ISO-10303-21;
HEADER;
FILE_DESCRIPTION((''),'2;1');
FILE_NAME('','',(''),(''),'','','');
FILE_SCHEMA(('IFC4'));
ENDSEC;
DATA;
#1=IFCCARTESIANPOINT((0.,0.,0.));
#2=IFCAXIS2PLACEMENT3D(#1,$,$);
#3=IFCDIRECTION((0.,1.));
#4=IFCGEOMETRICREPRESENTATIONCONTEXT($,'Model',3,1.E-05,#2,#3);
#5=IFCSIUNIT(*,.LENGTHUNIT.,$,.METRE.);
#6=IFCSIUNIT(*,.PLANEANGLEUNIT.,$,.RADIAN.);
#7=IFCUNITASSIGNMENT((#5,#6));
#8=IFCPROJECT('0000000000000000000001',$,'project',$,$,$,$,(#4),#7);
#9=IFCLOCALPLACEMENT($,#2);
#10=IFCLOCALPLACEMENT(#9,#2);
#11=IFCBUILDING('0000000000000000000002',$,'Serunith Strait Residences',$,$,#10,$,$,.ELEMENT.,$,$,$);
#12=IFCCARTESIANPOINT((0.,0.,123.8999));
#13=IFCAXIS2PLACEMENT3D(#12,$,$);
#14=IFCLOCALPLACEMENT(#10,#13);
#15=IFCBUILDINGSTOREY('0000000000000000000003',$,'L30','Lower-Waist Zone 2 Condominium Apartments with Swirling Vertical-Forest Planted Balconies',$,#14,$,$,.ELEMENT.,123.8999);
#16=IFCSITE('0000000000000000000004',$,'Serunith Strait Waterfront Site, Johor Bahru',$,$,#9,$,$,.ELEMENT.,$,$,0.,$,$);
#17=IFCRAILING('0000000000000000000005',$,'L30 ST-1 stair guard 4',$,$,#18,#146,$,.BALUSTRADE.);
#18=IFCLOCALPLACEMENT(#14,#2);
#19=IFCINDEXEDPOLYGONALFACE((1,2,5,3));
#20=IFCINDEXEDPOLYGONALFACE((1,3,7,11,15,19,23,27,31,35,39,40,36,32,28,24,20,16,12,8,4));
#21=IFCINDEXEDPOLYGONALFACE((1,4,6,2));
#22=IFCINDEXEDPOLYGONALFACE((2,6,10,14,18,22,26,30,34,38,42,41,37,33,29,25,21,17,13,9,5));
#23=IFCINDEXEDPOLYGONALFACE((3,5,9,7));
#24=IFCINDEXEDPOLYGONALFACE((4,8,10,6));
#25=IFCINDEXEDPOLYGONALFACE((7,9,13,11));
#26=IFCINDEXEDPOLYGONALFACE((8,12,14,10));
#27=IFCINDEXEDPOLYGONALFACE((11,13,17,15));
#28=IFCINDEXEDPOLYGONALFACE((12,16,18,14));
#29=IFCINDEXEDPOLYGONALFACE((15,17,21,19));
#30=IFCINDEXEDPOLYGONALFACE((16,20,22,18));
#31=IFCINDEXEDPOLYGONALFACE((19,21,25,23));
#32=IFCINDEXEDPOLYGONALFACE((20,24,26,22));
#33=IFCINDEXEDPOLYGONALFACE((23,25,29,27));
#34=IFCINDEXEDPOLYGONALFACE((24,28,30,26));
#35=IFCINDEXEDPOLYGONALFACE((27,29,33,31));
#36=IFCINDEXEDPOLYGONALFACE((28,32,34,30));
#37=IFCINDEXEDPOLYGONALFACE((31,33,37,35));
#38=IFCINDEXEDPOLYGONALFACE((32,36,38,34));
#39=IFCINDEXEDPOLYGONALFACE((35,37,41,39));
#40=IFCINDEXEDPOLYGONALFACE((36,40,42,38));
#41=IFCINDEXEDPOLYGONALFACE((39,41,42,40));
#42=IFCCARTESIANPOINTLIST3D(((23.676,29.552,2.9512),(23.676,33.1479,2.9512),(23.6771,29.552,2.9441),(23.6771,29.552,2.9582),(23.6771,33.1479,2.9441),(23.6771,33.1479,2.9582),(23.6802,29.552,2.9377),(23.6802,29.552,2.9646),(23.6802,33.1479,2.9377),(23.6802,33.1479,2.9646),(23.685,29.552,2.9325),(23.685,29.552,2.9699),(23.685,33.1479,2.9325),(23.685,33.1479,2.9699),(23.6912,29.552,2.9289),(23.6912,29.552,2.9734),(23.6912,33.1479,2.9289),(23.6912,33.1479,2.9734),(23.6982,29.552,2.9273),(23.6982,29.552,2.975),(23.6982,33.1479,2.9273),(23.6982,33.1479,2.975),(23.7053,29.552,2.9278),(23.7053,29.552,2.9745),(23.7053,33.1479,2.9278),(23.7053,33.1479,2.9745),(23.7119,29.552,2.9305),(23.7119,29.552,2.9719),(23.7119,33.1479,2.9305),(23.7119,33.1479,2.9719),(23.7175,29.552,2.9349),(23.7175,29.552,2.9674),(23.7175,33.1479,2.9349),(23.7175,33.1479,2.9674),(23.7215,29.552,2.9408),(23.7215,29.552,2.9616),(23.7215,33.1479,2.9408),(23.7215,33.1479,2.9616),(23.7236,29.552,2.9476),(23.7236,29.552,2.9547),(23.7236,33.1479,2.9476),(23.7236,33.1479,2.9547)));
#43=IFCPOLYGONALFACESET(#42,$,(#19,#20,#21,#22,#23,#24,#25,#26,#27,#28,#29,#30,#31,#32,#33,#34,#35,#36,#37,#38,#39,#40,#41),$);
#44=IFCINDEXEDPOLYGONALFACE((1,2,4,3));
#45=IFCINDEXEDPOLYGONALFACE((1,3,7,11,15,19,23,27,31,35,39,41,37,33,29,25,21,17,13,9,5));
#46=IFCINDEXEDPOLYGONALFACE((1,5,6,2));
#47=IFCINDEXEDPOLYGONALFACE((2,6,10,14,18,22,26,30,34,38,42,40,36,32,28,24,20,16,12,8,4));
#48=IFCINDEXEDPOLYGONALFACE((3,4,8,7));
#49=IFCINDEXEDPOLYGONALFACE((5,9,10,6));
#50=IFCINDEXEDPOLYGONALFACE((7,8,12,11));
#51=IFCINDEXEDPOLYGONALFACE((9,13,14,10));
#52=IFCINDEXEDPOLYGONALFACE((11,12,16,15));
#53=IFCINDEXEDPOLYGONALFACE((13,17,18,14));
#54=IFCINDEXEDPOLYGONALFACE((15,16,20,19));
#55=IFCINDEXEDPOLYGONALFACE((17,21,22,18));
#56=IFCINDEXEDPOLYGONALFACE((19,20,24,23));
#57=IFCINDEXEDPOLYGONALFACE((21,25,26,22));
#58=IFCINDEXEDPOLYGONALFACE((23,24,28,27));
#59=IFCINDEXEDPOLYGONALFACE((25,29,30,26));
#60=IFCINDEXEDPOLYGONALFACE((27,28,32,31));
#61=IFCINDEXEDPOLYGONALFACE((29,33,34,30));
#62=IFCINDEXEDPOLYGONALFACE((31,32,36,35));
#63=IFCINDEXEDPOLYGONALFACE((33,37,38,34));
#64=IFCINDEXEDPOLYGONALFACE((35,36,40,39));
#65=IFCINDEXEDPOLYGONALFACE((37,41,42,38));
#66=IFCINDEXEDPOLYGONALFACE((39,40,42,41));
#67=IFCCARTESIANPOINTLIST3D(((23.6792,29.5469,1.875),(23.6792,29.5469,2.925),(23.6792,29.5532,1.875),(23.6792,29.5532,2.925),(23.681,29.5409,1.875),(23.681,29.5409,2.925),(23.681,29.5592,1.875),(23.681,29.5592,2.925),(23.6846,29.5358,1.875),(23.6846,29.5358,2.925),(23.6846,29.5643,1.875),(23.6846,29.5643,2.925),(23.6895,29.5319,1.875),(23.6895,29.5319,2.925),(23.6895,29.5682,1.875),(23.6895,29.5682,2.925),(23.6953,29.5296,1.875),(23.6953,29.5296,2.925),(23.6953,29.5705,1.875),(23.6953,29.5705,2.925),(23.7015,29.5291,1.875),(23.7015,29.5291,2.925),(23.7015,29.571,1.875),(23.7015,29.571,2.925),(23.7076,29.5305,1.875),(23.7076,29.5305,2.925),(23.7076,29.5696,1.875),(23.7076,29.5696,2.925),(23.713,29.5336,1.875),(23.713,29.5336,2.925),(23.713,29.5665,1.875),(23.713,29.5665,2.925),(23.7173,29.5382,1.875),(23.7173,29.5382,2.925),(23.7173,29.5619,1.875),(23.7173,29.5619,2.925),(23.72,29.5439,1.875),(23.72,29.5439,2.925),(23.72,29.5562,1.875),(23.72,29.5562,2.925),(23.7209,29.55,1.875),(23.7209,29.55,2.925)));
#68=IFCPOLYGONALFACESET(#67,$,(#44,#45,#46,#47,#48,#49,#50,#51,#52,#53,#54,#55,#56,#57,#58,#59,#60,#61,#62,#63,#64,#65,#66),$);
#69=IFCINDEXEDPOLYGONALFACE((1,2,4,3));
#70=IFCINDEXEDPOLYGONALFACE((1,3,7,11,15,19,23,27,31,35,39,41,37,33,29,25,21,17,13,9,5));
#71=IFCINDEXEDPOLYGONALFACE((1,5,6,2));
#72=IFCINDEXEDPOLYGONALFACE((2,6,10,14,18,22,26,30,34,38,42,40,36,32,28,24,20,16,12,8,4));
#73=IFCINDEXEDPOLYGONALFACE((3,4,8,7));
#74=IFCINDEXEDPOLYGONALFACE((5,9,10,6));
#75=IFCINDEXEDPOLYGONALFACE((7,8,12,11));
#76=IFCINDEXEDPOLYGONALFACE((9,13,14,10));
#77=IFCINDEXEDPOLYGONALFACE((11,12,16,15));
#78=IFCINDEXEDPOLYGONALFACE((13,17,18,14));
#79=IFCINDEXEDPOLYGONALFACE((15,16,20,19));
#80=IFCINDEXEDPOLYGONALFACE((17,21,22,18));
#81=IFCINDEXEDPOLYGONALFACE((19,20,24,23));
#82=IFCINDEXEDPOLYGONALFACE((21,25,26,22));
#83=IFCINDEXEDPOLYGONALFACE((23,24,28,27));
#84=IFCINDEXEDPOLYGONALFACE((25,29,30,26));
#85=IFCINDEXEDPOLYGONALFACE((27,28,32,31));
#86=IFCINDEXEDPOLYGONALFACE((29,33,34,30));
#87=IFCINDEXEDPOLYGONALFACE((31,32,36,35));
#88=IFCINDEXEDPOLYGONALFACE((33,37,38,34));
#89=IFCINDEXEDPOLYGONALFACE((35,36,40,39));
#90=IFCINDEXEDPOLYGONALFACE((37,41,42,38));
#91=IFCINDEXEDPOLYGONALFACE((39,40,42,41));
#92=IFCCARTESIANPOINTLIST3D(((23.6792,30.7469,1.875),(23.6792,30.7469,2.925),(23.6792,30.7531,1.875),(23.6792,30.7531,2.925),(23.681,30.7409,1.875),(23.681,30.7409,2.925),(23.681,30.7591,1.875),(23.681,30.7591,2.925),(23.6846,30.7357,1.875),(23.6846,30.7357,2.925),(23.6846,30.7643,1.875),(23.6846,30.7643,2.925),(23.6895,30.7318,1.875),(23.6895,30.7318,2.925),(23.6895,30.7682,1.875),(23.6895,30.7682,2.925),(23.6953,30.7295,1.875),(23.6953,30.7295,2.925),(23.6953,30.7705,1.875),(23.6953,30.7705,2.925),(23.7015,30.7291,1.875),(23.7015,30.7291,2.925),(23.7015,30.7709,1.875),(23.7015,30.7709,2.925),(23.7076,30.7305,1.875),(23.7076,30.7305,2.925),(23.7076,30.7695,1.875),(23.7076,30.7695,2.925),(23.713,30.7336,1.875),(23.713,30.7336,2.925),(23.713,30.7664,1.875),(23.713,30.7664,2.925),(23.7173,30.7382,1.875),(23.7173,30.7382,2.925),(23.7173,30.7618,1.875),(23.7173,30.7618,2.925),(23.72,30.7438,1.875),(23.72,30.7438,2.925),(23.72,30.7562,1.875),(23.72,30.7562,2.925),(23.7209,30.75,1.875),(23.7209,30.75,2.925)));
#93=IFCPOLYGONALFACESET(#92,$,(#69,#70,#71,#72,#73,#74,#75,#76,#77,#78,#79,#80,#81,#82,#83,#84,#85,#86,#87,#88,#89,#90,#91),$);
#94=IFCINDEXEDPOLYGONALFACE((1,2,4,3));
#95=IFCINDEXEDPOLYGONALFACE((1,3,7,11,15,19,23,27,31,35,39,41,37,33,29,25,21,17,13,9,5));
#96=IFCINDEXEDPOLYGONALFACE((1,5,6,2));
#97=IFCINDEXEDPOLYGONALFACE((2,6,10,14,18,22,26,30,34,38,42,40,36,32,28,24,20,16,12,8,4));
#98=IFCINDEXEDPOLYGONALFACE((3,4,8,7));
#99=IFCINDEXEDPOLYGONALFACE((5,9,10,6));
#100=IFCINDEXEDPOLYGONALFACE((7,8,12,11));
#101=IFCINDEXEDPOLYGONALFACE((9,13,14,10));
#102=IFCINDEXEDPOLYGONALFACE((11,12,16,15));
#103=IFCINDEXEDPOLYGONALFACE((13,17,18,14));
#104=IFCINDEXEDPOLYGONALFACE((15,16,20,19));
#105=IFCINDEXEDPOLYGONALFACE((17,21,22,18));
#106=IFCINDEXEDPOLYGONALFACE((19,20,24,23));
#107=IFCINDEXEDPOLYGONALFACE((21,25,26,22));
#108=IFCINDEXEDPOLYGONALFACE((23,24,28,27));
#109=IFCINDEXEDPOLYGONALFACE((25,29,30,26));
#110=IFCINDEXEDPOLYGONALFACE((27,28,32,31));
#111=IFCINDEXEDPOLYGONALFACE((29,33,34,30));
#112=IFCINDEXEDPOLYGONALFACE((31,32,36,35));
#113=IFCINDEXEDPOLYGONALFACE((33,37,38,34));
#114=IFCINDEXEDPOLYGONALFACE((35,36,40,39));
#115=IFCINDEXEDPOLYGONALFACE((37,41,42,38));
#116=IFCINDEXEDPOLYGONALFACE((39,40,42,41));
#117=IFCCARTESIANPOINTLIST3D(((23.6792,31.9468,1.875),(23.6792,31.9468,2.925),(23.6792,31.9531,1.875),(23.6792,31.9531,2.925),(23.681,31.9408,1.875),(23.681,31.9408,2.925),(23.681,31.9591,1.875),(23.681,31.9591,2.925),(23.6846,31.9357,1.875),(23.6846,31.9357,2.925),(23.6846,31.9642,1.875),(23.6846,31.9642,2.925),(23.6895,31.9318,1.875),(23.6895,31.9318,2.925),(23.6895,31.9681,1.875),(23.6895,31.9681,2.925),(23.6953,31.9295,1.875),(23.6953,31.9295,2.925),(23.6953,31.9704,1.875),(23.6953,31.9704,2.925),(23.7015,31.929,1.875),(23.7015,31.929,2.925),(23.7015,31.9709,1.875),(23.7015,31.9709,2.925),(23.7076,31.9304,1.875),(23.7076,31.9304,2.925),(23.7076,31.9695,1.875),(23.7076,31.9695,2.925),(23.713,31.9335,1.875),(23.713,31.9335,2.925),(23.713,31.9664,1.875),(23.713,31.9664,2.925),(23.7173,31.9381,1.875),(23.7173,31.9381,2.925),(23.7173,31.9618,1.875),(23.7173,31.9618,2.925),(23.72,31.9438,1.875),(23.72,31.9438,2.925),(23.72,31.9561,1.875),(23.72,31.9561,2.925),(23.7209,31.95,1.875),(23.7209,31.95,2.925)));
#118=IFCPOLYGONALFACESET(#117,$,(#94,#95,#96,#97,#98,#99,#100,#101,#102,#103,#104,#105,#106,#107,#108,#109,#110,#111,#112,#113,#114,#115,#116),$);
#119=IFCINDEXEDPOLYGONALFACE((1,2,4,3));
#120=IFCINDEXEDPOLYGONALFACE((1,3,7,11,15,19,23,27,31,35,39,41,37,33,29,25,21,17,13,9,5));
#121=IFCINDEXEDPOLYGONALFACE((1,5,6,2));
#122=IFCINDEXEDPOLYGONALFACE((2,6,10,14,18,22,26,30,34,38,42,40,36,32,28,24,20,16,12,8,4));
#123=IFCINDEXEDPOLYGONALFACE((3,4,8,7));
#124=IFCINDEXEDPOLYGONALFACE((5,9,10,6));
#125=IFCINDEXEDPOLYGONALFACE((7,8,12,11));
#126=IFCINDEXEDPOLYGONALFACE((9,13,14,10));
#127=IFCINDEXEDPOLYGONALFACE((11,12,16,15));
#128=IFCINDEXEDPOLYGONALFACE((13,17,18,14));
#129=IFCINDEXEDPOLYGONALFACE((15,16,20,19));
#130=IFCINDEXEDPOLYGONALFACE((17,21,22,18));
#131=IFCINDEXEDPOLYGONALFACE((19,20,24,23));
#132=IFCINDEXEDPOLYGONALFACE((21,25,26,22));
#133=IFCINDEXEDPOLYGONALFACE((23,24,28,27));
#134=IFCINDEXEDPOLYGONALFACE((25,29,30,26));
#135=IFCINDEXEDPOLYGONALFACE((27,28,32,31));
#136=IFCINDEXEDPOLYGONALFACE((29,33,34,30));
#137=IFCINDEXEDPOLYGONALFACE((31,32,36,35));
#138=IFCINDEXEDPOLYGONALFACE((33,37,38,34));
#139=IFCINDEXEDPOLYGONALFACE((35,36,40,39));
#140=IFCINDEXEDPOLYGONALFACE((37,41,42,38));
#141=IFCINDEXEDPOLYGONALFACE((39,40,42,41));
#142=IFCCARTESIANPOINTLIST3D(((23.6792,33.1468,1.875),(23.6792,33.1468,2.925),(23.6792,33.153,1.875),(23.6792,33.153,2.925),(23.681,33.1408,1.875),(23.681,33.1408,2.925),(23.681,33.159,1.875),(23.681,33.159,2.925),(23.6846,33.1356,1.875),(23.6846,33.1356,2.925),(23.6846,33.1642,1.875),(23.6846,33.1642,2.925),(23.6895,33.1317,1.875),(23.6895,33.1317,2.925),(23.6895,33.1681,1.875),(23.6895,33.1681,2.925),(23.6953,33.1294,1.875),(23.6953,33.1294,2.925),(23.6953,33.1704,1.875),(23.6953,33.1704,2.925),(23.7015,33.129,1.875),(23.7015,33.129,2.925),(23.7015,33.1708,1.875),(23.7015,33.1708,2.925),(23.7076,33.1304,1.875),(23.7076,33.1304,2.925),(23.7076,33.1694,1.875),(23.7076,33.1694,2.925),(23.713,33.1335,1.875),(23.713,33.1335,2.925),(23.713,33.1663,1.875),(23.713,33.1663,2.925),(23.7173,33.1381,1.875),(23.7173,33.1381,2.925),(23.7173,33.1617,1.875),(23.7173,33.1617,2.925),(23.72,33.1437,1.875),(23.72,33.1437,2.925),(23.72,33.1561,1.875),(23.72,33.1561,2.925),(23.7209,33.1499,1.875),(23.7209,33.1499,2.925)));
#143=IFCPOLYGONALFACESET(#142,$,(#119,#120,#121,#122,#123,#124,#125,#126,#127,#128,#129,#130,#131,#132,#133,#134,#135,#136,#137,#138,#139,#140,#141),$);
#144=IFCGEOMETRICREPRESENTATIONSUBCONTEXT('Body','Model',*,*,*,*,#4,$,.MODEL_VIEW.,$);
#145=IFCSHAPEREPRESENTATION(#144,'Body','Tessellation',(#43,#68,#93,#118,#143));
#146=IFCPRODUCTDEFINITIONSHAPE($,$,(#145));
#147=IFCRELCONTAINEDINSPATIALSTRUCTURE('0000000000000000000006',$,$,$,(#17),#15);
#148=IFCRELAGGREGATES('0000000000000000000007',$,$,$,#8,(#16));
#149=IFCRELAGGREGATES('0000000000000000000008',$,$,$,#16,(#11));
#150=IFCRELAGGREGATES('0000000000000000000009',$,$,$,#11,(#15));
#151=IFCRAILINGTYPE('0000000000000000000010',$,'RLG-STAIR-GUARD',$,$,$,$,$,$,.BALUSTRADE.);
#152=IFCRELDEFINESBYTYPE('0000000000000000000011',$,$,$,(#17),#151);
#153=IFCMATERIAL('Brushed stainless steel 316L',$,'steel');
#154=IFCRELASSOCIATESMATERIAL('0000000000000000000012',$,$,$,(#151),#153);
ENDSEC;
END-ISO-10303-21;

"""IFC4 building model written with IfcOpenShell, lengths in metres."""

from ifc_helpers import new_model, si_unit, direction, frame, origin, origin_2d, place, context, subcontext, project, spatial, circle, extrude, material, type_object, element, save


model = new_model("IFC4")

# Units and contexts
model_context = context("Model", 3, precision=1e-05, world=origin(), true_north=direction((0.0, 1.0)))
body_context = subcontext(model_context, "Body", "Model", "MODEL_VIEW")
ifc_project = project(units=[si_unit("LENGTHUNIT", "METRE"), si_unit("PLANEANGLEUNIT", "RADIAN")], contexts=[model_context])

# Site, building, storey
site_placement = place(None, origin())
site = spatial("IfcSite", under=ifc_project, at=site_placement, Name="Serunith Strait Waterfront Site, Johor Bahru", CompositionType="ELEMENT", RefElevation=0.0)
building_placement = place(site_placement, origin())
building = spatial("IfcBuilding", under=site, at=building_placement, Name="Serunith Strait Residences", CompositionType="ELEMENT")
storey_placement = place(building_placement, frame((0.0, 0.0, 123.8999)))
storey = spatial("IfcBuildingStorey", under=building, at=storey_placement, Name="L30", Description="Lower-Waist Zone 2 Condominium Apartments with Swirling Vertical-Forest Planted Balconies", CompositionType="ELEMENT", Elevation=123.8999)

# Railing
ifc_material_1 = material(Name="Brushed stainless steel 316L", Category="steel")
railing_type_1 = type_object("IfcRailingType", Name="RLG-STAIR-GUARD", PredefinedType="BALUSTRADE", material=ifc_material_1)
for number, where, name in (
    (1, (23.7, 29.55, 1.875), "L30 ST-1 stair guard 4"),
):
    element("IfcRailing", number, at=place(storey_placement, frame(where)), inside=storey, type_object=railing_type_1, Name=name, PredefinedType="BALUSTRADE", context=body_context, shape_type="SweptSolid", body=[
        extrude(circle(Radius=0.0239, at=origin_2d()), frame((0.0, 0.002, 1.0762), z_axis=(0.0, 1.0, 0.0), x_axis=(-1.0, 0.0, 0.0)), (0.0, 0.0, 1.0), 3.5959),
        extrude(circle(Radius=0.021, at=origin_2d()), origin(), (0.0, 0.0, 1.0), 1.05),
        extrude(circle(Radius=0.021, at=origin_2d()), frame((0.0, 1.2, 0.0)), (0.0, 0.0, 1.0), 1.05),
        extrude(circle(Radius=0.021, at=origin_2d()), frame((0.0, 2.3999, 0.0)), (0.0, 0.0, 1.0), 1.05),
        extrude(circle(Radius=0.021, at=origin_2d()), frame((0.0, 3.5999, 0.0)), (0.0, 0.0, 1.0), 1.05),
    ])

save(model, "model.ifc")
